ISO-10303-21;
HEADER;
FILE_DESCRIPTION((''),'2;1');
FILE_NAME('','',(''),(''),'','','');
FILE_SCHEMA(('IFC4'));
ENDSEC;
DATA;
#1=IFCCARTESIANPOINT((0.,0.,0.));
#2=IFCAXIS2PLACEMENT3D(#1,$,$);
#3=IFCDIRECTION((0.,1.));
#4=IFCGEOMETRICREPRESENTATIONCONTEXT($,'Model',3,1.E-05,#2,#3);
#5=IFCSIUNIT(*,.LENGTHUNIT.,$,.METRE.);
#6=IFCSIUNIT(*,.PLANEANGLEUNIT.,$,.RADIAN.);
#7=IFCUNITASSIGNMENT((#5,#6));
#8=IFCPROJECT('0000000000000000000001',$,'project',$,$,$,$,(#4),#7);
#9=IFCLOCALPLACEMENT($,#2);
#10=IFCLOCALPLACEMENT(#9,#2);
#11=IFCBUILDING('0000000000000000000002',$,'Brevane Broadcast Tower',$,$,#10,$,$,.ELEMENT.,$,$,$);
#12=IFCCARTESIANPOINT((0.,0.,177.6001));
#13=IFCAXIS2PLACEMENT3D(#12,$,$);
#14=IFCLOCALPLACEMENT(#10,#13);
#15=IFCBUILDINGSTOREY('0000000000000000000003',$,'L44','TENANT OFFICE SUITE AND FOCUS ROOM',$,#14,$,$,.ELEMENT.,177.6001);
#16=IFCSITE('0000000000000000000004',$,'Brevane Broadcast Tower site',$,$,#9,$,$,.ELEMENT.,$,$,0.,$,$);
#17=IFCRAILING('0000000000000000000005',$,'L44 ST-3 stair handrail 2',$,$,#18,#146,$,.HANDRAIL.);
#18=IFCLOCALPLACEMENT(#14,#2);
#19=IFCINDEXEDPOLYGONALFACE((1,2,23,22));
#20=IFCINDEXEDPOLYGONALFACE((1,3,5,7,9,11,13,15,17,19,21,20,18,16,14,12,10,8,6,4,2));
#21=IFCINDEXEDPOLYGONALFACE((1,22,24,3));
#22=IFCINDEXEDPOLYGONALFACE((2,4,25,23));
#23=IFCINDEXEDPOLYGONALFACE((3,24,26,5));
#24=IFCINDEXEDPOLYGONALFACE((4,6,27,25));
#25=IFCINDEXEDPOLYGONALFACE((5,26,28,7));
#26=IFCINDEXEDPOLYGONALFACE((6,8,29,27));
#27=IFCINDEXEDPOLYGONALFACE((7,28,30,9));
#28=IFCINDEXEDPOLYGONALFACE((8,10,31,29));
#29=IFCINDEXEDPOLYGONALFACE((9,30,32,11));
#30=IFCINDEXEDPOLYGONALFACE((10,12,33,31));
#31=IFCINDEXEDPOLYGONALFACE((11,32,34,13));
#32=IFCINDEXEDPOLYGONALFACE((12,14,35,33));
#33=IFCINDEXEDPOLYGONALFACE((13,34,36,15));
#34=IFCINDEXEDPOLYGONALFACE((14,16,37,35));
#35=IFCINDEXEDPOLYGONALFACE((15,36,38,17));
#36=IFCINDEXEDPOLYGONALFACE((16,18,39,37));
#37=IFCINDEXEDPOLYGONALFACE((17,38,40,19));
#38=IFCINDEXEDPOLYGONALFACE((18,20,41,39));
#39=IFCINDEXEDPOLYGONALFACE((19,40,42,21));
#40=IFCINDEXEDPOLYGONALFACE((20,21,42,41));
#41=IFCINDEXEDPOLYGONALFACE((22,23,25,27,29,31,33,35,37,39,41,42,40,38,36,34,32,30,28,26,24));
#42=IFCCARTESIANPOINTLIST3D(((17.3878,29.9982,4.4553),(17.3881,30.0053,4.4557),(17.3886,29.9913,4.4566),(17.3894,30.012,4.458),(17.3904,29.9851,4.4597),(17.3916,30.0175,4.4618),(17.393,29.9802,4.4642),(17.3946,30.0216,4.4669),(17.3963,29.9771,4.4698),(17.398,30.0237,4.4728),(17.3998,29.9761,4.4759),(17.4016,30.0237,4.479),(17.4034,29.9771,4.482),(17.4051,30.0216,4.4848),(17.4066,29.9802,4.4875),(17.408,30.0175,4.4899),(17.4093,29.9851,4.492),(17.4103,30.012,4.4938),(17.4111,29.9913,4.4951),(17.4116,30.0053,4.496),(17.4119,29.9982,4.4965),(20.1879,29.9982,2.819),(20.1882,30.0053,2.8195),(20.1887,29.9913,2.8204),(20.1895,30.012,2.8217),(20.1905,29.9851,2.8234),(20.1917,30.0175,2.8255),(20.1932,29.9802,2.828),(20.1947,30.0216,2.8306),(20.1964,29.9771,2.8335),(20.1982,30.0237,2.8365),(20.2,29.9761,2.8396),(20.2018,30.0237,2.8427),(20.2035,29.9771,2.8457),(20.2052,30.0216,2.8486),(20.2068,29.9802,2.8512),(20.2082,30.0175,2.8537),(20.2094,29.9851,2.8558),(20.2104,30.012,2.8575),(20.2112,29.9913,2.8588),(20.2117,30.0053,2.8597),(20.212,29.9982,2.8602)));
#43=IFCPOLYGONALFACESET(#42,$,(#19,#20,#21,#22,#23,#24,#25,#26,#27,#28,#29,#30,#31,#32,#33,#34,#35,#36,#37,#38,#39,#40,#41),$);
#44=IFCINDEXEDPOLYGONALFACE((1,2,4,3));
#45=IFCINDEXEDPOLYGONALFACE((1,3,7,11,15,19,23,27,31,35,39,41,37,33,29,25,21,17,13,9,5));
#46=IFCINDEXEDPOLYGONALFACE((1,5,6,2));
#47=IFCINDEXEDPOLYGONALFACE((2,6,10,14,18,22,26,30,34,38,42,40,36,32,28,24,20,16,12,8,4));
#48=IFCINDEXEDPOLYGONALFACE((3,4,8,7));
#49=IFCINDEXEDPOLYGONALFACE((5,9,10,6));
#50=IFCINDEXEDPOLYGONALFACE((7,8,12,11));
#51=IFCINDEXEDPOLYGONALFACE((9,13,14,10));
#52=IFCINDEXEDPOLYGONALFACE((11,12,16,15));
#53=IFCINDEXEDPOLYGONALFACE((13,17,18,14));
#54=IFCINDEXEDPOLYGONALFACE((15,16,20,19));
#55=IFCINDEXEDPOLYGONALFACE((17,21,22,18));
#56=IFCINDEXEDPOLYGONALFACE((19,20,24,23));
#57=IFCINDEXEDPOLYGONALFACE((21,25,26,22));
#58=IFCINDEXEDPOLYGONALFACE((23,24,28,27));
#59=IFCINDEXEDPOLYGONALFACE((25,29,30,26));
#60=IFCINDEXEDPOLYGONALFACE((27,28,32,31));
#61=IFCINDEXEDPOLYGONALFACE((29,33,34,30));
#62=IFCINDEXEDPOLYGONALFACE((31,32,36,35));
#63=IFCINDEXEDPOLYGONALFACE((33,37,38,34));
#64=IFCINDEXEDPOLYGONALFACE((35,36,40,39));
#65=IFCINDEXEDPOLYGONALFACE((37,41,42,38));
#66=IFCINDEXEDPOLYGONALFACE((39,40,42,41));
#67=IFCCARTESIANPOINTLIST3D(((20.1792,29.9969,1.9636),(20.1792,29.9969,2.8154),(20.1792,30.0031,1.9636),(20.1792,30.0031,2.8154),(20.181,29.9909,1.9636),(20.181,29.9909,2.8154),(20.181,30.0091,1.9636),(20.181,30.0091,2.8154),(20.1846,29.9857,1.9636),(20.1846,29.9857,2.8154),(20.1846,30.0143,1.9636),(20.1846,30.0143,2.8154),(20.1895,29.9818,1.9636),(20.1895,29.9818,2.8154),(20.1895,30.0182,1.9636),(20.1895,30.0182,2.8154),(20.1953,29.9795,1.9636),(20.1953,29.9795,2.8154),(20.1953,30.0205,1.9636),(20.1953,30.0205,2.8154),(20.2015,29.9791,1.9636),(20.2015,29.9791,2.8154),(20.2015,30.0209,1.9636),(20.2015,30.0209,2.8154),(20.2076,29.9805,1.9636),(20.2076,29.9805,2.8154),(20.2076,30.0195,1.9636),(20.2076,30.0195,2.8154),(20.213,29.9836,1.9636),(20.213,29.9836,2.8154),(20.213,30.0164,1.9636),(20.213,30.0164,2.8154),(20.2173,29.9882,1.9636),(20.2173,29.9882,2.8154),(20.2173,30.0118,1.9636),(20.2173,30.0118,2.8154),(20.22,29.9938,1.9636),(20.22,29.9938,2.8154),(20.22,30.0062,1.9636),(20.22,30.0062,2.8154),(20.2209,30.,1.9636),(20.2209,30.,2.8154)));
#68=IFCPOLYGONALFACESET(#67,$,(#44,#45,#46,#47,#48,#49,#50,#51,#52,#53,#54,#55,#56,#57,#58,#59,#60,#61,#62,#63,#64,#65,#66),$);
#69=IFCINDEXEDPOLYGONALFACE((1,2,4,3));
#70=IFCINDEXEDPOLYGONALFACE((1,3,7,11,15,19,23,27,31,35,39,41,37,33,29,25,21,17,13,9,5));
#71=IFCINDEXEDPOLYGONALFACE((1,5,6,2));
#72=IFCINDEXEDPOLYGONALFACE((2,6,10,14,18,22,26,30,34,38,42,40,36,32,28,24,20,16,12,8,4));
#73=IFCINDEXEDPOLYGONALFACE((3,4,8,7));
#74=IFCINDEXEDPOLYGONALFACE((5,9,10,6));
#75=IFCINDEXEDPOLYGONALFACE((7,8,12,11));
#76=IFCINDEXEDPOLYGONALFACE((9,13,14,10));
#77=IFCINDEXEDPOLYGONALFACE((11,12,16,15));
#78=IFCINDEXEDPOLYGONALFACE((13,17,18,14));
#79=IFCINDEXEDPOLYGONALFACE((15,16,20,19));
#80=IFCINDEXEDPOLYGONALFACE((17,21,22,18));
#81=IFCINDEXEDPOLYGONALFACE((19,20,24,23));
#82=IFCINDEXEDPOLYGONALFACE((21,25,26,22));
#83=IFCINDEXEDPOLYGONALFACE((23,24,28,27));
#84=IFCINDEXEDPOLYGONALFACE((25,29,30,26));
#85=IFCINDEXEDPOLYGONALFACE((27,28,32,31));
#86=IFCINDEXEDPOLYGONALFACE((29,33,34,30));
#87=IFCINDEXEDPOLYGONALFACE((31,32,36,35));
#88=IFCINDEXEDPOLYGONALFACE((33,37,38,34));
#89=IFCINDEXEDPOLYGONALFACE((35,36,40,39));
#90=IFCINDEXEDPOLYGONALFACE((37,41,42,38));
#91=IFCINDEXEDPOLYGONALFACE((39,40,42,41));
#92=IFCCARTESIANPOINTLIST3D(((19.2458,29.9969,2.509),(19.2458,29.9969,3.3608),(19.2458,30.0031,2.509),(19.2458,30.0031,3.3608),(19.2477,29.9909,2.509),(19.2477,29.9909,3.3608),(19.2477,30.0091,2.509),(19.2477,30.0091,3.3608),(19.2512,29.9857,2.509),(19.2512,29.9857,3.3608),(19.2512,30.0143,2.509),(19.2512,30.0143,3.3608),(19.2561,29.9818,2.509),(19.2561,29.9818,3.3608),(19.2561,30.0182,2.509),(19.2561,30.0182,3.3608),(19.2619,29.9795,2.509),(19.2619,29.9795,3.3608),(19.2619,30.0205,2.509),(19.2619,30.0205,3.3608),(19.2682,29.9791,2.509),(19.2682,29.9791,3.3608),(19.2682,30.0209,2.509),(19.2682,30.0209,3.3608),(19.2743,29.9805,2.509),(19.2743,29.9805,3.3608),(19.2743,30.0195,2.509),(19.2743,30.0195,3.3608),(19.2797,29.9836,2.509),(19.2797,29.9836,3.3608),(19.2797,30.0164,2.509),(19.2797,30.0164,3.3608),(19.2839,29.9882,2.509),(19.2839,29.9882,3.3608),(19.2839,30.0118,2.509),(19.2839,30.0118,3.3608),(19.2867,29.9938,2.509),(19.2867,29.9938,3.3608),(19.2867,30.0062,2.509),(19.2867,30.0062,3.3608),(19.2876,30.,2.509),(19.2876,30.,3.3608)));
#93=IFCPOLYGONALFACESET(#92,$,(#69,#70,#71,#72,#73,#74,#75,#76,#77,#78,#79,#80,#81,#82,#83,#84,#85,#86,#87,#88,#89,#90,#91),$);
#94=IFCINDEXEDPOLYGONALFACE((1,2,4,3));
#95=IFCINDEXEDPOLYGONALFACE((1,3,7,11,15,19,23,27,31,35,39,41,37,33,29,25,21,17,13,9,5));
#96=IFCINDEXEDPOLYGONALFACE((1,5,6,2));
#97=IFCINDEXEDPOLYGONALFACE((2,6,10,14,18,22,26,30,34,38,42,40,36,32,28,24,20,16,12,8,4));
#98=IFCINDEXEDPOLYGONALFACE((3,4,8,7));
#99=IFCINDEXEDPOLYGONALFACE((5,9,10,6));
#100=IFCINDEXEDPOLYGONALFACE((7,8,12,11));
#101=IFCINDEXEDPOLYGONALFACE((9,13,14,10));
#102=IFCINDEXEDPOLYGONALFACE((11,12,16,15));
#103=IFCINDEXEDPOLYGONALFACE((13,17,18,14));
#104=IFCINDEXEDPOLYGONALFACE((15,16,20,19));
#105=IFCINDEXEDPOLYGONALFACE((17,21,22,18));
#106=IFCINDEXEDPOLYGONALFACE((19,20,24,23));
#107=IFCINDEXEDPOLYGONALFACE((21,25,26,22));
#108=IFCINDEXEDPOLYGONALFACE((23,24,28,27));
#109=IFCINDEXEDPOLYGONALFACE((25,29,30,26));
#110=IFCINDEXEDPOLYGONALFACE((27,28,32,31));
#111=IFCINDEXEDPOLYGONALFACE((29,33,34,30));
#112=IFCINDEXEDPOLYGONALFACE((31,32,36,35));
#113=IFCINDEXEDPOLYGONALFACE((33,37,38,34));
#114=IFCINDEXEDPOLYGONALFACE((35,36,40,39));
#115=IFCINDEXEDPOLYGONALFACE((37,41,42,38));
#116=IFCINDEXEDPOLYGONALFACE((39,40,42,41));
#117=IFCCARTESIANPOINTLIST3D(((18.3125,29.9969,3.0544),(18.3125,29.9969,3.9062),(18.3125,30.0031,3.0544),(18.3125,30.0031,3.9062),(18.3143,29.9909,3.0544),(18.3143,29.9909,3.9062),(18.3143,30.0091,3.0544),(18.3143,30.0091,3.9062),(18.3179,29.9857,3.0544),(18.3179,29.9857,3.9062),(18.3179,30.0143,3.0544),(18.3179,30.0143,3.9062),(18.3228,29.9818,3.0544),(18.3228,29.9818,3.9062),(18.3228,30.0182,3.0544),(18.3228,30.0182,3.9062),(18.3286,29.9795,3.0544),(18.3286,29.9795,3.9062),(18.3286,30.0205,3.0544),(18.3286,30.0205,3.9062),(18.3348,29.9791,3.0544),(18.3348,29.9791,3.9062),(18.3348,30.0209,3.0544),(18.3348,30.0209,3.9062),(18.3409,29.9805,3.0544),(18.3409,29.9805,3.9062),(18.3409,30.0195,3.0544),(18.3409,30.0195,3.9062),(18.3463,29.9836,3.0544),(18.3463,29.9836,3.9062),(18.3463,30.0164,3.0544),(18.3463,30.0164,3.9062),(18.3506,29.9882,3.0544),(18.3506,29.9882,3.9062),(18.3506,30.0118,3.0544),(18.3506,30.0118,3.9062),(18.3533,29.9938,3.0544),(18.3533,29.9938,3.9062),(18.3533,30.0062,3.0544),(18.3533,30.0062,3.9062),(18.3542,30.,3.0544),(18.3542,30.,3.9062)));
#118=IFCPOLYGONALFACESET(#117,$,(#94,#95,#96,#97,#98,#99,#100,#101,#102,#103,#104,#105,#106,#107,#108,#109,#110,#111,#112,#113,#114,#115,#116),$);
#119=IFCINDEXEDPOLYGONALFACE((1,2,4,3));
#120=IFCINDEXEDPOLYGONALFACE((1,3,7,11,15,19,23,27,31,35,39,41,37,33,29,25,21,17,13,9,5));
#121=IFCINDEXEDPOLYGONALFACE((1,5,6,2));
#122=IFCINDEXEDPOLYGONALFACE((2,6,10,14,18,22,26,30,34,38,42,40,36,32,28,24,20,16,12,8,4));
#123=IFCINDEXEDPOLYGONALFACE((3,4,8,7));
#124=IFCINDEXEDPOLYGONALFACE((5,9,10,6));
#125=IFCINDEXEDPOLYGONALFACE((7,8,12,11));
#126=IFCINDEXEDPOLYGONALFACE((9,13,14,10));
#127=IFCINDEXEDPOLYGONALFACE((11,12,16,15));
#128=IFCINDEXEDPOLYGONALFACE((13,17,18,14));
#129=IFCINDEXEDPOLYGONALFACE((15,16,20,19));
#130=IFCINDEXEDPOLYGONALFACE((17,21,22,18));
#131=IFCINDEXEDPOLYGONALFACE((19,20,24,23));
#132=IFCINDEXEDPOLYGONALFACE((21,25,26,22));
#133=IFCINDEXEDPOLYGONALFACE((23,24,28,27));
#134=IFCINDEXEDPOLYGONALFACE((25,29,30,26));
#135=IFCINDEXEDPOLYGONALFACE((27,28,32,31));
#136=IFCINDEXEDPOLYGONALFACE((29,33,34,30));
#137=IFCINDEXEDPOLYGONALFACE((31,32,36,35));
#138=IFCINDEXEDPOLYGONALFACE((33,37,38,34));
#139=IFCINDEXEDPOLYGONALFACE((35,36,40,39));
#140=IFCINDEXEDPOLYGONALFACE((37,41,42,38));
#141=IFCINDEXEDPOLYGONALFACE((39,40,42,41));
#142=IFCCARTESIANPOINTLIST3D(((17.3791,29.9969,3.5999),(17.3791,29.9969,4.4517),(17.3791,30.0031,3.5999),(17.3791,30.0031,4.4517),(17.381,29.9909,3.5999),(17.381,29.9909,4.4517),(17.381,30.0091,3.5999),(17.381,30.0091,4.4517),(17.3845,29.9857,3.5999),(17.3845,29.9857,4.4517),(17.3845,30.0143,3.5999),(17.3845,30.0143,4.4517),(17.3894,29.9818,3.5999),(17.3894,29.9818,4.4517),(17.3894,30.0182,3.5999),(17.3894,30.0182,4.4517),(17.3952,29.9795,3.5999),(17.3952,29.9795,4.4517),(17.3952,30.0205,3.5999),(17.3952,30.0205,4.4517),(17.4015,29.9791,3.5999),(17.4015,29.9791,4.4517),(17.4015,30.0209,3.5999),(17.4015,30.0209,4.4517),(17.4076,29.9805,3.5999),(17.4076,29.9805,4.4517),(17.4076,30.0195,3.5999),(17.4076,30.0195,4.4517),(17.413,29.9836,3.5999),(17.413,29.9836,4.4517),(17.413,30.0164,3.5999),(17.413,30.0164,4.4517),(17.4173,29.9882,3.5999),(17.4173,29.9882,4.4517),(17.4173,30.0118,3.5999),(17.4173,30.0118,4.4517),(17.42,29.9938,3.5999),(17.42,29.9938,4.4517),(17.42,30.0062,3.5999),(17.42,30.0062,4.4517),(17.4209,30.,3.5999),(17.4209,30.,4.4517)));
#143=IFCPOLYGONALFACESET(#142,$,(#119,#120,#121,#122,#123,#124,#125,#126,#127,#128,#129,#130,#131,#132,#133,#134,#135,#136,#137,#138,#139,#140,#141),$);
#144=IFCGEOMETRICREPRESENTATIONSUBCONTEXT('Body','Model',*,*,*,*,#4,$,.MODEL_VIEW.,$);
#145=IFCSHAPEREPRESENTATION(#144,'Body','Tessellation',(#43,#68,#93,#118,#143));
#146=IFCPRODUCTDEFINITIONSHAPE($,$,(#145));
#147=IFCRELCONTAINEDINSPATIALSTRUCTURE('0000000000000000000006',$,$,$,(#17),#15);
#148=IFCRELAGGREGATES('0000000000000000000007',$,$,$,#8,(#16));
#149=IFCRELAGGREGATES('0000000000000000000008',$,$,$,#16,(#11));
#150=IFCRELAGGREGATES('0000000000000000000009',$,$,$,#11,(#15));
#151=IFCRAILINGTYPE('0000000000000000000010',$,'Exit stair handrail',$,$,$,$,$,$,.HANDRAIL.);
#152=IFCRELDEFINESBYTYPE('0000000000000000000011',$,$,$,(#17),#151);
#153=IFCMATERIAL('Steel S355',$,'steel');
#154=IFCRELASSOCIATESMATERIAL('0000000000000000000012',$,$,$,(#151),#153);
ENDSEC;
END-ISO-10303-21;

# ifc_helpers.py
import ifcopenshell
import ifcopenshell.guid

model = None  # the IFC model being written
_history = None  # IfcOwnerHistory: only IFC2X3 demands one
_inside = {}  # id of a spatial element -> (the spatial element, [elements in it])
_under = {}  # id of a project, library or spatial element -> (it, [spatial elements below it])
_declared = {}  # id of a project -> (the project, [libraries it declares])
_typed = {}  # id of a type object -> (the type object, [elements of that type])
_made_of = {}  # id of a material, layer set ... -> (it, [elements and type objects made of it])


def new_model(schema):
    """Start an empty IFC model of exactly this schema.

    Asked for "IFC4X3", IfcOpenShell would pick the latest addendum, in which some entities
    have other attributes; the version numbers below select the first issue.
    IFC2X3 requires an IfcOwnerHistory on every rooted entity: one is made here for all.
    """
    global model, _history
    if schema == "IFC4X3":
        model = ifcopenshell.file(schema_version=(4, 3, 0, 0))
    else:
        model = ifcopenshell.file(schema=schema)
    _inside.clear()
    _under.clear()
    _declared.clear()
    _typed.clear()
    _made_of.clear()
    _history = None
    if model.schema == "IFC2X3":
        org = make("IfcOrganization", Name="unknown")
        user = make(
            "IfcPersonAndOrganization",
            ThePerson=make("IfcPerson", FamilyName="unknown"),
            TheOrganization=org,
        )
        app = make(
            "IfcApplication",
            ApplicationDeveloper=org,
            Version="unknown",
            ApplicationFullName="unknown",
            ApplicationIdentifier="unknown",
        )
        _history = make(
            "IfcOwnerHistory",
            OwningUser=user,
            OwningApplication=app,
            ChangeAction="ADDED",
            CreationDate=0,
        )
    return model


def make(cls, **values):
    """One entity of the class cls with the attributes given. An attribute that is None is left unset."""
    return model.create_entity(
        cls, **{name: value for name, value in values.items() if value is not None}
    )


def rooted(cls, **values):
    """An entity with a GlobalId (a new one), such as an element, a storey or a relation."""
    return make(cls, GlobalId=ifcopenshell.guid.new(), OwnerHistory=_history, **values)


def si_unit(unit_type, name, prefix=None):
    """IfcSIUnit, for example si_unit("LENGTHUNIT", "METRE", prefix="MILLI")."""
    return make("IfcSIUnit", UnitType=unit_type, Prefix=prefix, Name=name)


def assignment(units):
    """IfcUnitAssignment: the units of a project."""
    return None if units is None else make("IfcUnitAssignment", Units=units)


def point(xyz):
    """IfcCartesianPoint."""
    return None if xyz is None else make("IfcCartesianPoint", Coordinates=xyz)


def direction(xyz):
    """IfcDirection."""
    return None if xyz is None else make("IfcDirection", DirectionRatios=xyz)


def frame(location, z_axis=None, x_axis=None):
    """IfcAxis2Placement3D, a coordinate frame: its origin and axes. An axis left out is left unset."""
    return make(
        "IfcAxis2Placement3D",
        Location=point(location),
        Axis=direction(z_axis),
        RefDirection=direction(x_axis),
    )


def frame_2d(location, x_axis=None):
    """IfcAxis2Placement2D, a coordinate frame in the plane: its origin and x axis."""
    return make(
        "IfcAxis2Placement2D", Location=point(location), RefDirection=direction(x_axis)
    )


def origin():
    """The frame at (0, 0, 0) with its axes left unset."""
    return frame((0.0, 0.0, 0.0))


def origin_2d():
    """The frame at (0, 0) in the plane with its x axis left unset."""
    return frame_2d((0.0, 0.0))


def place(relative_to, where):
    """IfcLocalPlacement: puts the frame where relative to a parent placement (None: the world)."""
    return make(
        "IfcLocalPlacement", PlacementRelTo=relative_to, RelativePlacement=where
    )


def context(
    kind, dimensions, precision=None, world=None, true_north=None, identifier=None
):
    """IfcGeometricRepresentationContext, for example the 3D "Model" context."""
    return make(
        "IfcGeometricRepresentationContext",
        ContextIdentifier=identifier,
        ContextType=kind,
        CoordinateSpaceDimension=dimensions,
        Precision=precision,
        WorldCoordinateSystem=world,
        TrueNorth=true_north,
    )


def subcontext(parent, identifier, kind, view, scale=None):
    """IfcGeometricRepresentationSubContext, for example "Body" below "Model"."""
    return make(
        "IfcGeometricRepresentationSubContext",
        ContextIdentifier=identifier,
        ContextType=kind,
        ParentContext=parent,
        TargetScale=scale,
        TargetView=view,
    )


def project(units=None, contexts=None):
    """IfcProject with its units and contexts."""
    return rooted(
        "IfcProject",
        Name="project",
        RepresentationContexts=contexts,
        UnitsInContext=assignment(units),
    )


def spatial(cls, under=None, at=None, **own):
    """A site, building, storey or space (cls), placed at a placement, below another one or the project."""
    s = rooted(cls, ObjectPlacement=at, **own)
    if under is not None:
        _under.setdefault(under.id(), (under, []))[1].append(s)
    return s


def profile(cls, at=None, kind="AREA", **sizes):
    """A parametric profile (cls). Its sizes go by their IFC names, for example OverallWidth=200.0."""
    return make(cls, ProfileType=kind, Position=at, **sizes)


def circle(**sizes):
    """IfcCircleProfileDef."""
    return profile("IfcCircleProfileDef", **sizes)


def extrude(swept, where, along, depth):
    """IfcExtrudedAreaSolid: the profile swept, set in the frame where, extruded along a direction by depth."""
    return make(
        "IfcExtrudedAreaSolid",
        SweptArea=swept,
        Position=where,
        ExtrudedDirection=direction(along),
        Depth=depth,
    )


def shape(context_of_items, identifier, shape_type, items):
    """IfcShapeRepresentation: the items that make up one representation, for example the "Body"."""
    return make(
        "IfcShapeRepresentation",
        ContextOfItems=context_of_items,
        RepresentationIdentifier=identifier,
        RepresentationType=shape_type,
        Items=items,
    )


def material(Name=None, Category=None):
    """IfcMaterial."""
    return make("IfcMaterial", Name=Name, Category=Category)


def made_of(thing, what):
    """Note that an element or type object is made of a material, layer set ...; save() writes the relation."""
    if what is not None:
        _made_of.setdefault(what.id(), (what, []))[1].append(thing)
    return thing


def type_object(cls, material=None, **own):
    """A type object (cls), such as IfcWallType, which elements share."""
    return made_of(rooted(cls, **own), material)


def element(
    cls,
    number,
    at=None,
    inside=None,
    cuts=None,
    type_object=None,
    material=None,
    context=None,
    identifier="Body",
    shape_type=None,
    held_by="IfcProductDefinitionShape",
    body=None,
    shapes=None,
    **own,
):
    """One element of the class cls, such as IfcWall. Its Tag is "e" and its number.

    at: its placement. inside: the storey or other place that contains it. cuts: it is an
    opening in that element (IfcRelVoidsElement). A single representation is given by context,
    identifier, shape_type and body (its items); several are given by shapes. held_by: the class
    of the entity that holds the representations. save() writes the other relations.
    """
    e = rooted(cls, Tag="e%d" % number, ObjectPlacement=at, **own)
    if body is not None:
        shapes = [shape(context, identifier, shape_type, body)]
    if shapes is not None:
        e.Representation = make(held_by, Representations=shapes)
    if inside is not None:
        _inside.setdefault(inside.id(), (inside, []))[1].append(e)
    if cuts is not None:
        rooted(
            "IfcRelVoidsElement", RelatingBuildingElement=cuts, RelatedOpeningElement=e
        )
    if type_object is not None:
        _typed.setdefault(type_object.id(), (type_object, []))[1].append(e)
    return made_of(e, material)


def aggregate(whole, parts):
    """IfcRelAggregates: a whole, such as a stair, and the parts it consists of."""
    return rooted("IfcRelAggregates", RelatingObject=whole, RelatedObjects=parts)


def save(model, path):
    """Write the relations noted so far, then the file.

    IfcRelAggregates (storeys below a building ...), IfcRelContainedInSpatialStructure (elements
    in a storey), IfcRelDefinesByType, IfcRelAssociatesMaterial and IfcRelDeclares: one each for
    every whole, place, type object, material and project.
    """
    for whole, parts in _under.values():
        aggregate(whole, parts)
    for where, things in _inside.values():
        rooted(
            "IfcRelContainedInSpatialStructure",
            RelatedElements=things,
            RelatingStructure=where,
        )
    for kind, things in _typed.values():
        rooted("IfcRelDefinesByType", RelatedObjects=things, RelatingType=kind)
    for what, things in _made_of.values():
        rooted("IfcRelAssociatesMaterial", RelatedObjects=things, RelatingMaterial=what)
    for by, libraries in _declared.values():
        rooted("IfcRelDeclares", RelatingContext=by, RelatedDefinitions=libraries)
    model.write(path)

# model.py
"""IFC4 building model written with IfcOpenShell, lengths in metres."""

from ifc_helpers import new_model, si_unit, direction, frame, origin, origin_2d, place, context, subcontext, project, spatial, circle, extrude, material, type_object, element, save


model = new_model("IFC4")

# Units and contexts
model_context = context("Model", 3, precision=1e-05, world=origin(), true_north=direction((0.0, 1.0)))
body_context = subcontext(model_context, "Body", "Model", "MODEL_VIEW")
ifc_project = project(units=[si_unit("LENGTHUNIT", "METRE"), si_unit("PLANEANGLEUNIT", "RADIAN")], contexts=[model_context])

# Site, building, storey
site_placement = place(None, origin())
site = spatial("IfcSite", under=ifc_project, at=site_placement, Name="Brevane Broadcast Tower site", CompositionType="ELEMENT", RefElevation=0.0)
building_placement = place(site_placement, origin())
building = spatial("IfcBuilding", under=site, at=building_placement, Name="Brevane Broadcast Tower", CompositionType="ELEMENT")
storey_placement = place(building_placement, frame((0.0, 0.0, 177.6001)))
storey = spatial("IfcBuildingStorey", under=building, at=storey_placement, Name="L44", Description="TENANT OFFICE SUITE AND FOCUS ROOM", CompositionType="ELEMENT", Elevation=177.6001)

# Railing
ifc_material_1 = material(Name="Steel S355", Category="steel")
railing_type = type_object("IfcRailingType", Name="Exit stair handrail", PredefinedType="HANDRAIL", material=ifc_material_1)
railing_placement = place(storey_placement, frame((20.2, 30.0, 1.9636)))
element("IfcRailing", 1, at=railing_placement, inside=storey, type_object=railing_type, Name="L44 ST-3 stair handrail 2", PredefinedType="HANDRAIL", context=body_context, shape_type="SweptSolid", body=[
    extrude(circle(Radius=0.0239, at=origin_2d()), frame((0.0, 0.0, 0.876), z_axis=(-0.863394, 0.0, 0.504531), x_axis=(0.0, -1.0, 0.0)), (0.0, 0.0, 1.0), 3.2432),
    extrude(circle(Radius=0.021, at=origin_2d()), origin(), (0.0, 0.0, 1.0), 0.8518),
    extrude(circle(Radius=0.021, at=origin_2d()), frame((-0.9333, 0.0, 0.5454)), (0.0, 0.0, 1.0), 0.8518),
    extrude(circle(Radius=0.021, at=origin_2d()), frame((-1.8667, 0.0, 1.0908)), (0.0, 0.0, 1.0), 0.8518),
    extrude(circle(Radius=0.021, at=origin_2d()), frame((-2.8, 0.0, 1.6362)), (0.0, 0.0, 1.0), 0.8518),
])

save(model, "model.ifc")
